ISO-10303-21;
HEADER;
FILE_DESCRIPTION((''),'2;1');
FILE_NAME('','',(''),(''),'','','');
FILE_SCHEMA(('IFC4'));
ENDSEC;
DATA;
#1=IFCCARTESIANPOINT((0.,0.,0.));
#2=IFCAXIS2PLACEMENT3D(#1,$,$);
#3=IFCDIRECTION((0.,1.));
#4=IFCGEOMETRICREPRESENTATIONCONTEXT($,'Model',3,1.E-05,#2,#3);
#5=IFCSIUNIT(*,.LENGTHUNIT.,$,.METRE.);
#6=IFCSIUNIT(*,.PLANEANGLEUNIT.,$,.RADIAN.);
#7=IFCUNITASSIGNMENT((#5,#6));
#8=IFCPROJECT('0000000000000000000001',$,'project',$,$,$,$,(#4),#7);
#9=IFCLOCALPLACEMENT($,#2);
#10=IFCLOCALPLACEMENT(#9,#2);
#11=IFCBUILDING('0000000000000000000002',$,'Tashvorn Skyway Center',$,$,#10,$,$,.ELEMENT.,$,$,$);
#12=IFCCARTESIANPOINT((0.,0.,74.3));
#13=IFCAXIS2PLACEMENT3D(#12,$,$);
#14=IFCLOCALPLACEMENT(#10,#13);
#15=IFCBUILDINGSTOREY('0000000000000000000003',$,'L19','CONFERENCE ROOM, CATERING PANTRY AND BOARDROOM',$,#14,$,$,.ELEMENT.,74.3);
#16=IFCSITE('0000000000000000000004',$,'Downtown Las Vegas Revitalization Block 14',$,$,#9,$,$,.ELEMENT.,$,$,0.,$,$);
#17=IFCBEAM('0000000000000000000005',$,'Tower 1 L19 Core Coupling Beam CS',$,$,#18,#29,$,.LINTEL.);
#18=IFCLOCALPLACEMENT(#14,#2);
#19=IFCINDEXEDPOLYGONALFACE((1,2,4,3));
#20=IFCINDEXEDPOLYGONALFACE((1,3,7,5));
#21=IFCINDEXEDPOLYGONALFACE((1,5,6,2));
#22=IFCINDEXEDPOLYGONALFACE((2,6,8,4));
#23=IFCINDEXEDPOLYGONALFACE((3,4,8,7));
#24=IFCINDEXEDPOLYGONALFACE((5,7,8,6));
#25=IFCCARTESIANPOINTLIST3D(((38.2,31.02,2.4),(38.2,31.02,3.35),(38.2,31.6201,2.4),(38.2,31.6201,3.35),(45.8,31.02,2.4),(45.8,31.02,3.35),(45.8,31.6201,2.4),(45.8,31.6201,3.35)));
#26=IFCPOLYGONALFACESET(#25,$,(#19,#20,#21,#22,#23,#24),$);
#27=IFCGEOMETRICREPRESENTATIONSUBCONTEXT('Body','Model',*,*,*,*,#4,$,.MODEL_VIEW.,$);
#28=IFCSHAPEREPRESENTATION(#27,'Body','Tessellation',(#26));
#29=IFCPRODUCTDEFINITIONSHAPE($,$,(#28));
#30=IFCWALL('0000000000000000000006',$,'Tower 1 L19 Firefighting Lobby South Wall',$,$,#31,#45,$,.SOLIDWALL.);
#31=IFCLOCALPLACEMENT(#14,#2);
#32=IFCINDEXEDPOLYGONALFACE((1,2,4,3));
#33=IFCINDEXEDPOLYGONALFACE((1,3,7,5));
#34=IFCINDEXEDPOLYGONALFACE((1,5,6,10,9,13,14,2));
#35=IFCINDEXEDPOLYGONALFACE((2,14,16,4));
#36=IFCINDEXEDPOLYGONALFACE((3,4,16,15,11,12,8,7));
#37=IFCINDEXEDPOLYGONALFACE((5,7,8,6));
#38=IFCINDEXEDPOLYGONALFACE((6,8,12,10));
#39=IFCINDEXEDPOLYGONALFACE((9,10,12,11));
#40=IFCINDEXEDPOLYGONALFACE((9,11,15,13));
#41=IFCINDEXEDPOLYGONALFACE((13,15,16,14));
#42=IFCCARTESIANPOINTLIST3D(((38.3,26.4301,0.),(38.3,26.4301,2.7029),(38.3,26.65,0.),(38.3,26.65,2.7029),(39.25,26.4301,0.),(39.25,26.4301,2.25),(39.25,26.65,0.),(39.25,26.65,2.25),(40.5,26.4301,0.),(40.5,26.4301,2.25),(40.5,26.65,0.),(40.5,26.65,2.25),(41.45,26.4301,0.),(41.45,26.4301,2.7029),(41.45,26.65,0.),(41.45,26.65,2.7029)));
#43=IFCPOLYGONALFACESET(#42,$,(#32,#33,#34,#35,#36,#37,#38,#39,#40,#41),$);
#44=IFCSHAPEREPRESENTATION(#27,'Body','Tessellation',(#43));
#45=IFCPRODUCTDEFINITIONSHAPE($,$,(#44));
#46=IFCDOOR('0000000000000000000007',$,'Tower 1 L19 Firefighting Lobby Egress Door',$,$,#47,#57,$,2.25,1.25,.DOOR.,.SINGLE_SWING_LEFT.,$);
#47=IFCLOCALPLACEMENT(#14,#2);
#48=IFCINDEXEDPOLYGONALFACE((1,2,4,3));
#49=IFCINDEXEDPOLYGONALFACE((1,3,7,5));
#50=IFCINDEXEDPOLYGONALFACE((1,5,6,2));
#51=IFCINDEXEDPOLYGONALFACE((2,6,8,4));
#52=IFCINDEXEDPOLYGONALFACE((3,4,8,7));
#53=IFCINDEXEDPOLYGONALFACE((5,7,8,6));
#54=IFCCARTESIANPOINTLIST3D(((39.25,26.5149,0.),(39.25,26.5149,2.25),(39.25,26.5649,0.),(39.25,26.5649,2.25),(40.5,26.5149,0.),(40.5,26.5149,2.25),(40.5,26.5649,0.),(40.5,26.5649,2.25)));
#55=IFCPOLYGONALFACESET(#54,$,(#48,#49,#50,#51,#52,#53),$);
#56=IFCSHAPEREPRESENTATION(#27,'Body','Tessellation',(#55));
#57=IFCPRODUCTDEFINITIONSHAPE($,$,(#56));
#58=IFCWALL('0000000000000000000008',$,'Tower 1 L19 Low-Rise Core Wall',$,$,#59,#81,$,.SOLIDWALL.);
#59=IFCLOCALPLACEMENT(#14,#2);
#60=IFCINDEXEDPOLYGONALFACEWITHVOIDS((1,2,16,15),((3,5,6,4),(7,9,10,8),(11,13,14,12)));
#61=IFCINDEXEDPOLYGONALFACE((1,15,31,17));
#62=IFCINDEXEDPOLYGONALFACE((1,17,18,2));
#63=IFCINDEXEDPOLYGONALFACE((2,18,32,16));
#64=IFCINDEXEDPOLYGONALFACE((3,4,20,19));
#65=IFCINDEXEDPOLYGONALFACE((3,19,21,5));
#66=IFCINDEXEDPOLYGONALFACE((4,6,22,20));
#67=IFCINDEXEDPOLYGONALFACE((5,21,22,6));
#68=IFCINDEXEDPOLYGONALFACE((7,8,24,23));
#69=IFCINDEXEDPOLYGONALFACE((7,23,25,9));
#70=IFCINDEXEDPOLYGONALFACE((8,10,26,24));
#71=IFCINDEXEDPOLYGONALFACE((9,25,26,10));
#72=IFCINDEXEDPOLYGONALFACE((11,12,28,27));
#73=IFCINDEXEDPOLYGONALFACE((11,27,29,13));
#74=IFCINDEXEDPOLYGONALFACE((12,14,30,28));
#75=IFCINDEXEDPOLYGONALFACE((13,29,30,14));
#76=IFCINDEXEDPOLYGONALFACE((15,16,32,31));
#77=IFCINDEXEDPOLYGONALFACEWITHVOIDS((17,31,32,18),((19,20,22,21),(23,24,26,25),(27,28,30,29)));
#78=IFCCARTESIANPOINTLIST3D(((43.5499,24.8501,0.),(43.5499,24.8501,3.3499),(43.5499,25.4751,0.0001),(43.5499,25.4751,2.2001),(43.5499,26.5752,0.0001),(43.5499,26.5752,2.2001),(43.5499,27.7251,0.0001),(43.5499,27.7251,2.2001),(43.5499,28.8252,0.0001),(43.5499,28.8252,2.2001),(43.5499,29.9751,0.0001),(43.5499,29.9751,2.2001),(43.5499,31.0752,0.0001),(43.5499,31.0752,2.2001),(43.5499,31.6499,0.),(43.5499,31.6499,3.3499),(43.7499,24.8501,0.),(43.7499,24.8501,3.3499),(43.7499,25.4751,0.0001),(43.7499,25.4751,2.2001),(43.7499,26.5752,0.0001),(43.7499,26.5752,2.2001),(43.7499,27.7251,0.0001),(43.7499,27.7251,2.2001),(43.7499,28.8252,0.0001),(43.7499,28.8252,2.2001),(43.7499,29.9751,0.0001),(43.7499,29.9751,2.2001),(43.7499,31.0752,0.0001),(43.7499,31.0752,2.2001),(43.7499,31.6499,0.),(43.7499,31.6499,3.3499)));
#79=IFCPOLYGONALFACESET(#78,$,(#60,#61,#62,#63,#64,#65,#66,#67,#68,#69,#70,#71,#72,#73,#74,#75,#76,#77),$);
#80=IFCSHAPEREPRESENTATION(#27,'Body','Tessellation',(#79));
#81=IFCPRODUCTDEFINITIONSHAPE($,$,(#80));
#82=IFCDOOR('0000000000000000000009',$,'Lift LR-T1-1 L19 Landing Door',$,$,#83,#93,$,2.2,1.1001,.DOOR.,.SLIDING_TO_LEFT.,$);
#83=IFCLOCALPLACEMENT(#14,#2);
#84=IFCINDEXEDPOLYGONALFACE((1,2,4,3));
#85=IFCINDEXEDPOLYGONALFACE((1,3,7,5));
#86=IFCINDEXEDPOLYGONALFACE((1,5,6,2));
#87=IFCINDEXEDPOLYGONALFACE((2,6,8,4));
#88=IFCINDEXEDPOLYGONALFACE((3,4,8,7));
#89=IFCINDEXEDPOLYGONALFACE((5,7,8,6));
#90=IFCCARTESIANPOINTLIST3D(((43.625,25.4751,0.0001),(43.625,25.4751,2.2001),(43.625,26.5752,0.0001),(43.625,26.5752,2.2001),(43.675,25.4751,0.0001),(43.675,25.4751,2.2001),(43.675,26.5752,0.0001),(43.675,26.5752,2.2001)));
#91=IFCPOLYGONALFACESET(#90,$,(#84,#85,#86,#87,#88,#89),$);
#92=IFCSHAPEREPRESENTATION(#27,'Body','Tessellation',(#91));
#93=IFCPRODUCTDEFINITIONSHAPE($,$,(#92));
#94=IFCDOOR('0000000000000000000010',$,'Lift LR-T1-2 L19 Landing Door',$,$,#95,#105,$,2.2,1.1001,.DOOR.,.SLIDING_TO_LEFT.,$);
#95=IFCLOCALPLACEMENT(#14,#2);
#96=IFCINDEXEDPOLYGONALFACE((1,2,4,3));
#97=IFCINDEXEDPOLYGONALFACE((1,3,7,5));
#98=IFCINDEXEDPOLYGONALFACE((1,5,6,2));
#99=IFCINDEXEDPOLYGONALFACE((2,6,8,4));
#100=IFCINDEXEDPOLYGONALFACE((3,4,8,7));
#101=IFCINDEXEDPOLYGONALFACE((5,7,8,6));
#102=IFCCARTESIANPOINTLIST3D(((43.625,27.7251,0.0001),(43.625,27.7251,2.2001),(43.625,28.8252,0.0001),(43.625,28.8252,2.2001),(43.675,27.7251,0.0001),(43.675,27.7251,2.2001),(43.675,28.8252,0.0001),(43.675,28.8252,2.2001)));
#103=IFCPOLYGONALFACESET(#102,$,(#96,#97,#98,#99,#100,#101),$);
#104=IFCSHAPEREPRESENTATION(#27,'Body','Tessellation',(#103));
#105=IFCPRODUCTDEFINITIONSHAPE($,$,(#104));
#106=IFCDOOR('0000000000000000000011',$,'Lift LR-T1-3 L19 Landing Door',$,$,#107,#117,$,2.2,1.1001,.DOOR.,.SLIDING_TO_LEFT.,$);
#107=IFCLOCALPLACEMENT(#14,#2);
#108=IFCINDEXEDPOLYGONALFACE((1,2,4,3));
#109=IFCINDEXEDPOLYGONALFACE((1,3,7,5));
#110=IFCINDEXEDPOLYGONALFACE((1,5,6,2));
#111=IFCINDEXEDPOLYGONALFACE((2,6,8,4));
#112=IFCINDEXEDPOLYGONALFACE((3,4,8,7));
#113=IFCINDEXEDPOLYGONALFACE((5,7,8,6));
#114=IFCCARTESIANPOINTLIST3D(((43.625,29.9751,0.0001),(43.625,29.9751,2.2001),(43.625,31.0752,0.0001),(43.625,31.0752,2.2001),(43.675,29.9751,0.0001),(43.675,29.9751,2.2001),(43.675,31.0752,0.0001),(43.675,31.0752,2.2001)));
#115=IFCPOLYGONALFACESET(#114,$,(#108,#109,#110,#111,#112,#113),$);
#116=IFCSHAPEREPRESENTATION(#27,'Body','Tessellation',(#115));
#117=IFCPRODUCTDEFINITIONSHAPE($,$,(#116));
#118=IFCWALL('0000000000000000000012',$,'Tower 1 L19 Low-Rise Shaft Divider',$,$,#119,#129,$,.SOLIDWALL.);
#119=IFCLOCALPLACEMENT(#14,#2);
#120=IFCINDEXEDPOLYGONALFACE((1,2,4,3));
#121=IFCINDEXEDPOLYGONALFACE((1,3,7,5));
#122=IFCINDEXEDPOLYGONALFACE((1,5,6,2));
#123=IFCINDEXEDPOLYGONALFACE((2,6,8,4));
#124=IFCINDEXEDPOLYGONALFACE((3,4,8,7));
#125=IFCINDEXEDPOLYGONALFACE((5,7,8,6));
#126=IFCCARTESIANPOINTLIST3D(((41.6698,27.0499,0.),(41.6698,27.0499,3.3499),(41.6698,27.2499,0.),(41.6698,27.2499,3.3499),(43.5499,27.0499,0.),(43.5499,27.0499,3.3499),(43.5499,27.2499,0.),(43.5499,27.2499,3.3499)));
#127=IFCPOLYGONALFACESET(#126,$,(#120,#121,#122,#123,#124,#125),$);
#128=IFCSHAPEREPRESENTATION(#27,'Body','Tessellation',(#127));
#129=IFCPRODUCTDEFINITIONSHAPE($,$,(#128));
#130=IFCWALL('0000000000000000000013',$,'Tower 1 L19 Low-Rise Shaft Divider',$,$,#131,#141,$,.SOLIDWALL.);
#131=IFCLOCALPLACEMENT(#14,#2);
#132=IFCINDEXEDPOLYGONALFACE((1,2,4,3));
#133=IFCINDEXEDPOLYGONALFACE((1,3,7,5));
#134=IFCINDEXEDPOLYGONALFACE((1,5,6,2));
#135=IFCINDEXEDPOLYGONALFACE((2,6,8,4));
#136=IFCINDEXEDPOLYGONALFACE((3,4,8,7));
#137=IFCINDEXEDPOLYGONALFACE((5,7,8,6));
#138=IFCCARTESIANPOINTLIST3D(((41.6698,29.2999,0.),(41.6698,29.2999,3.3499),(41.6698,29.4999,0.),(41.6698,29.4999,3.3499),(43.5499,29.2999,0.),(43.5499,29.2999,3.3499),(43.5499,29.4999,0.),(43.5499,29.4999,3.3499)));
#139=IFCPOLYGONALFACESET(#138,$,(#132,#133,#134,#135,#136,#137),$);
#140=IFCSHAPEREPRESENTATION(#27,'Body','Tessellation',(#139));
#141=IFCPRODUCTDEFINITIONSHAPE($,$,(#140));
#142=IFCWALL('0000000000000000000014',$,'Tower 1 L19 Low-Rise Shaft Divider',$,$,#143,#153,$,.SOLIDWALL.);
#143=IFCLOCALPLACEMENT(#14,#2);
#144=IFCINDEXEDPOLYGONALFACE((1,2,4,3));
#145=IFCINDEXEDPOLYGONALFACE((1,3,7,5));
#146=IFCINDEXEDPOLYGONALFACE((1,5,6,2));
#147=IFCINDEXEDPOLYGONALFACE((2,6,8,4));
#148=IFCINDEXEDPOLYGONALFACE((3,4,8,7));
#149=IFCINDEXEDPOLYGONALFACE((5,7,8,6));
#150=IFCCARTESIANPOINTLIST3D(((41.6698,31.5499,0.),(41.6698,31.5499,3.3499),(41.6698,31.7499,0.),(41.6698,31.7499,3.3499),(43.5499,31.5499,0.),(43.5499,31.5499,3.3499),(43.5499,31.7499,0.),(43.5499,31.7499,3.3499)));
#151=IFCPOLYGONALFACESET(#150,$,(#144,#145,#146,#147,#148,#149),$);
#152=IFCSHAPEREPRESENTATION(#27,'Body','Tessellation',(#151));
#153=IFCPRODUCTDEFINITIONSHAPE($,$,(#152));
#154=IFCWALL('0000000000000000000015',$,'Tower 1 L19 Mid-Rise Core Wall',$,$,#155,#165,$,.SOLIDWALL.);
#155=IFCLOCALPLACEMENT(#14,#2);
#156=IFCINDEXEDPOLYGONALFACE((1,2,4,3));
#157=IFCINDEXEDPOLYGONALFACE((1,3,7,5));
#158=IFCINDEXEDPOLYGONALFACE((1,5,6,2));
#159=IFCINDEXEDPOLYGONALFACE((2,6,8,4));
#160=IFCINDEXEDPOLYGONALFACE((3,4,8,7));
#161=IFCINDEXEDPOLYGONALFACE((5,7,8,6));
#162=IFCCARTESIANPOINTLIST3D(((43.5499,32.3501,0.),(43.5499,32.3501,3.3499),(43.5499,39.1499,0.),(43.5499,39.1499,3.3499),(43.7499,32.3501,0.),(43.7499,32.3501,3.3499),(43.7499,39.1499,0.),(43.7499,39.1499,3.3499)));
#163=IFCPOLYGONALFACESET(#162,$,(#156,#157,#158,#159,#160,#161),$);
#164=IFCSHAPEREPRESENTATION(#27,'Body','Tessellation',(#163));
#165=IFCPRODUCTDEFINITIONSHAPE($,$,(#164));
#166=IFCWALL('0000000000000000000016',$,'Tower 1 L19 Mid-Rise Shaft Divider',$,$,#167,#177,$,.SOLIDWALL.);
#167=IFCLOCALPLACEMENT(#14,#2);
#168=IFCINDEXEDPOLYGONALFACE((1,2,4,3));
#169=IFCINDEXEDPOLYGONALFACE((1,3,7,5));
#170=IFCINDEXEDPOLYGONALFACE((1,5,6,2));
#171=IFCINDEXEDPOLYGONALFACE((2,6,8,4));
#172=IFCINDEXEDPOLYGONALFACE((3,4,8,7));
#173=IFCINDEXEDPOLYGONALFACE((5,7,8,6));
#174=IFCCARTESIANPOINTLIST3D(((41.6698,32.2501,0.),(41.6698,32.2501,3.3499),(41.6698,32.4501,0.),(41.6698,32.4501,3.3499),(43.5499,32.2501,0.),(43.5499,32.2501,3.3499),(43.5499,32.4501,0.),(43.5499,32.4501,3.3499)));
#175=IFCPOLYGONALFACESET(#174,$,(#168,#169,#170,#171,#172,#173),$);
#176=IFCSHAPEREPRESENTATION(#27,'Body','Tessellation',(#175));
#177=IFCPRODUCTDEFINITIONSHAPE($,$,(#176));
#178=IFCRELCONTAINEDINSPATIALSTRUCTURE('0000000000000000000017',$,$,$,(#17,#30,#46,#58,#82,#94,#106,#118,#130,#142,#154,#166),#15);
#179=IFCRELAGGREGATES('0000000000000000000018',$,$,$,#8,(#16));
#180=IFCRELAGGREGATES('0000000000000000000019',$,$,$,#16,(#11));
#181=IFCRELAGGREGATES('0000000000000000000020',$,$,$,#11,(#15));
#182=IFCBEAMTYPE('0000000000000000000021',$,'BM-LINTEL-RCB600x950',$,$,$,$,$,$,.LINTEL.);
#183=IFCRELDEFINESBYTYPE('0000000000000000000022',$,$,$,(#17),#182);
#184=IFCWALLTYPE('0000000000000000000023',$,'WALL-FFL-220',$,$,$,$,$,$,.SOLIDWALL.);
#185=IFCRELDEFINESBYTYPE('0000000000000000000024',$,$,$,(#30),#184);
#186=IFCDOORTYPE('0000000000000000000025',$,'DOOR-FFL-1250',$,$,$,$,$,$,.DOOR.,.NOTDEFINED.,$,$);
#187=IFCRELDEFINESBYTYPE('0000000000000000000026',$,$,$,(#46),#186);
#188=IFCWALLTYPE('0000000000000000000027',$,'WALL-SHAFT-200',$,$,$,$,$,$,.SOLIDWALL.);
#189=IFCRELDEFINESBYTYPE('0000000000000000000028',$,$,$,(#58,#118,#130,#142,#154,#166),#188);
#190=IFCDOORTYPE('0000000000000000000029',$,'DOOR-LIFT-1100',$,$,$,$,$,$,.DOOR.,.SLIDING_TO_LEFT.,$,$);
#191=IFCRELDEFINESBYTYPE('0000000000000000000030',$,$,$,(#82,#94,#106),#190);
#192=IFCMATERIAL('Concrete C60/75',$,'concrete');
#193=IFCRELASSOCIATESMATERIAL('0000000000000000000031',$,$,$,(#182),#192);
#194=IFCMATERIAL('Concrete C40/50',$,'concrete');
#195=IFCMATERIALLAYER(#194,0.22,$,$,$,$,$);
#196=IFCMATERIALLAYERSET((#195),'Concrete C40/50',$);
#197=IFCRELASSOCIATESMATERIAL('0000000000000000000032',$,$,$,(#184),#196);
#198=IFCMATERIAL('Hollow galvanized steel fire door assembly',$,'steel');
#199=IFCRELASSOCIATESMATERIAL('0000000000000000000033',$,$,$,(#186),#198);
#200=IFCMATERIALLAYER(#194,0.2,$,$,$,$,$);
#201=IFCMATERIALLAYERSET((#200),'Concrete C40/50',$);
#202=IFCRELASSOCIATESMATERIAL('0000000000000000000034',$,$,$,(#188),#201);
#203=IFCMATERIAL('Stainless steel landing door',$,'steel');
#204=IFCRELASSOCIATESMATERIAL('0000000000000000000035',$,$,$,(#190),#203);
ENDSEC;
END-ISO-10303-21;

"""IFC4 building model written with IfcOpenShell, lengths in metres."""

from ifc_helpers import new_model, si_unit, direction, frame, frame_2d, origin, origin_2d, place, context, subcontext, project, spatial, rectangle, extrude, material, layer, layer_set, material_profile, profile_set, type_object, element, fill, save


model = new_model("IFC4")

# Units and contexts
model_context = context("Model", 3, precision=1e-05, world=origin(), true_north=direction((0.0, 1.0)))
body_context = subcontext(model_context, "Body", "Model", "MODEL_VIEW")
ifc_project = project(units=[si_unit("LENGTHUNIT", "METRE"), si_unit("PLANEANGLEUNIT", "RADIAN")], contexts=[model_context])

# Site, building, storey
site_placement = place(None, origin())
site = spatial("IfcSite", under=ifc_project, at=site_placement, Name="Downtown Las Vegas Revitalization Block 14", CompositionType="ELEMENT", RefElevation=0.0)
building_placement = place(site_placement, origin())
building = spatial("IfcBuilding", under=site, at=building_placement, Name="Tashvorn Skyway Center", CompositionType="ELEMENT")
storey_placement = place(building_placement, frame((0.0, 0.0, 74.3)))
storey = spatial("IfcBuildingStorey", under=building, at=storey_placement, Name="L19", Description="CONFERENCE ROOM, CATERING PANTRY AND BOARDROOM", CompositionType="ELEMENT", Elevation=74.3)

# Beam
ifc_material_1 = material(Name="Concrete C60/75", Category="concrete")
ifc_material_profile = material_profile(ifc_material_1, rectangle(XDim=0.6001, YDim=0.95, at=origin_2d()), Name="RCB600x950")
ifc_profile_set = profile_set([ifc_material_profile], Name="Concrete C60/75")
beam_type = type_object("IfcBeamType", Name="BM-LINTEL-RCB600x950", PredefinedType="LINTEL", material=ifc_profile_set)
beam_placement = place(storey_placement, frame((38.2, 31.3201, 2.875), z_axis=(1.0, 0.0, 0.0), x_axis=(0.0, 1.0, 0.0)))
element("IfcBeam", 1, at=beam_placement, inside=storey, type_object=beam_type, Name="Tower 1 L19 Core Coupling Beam CS", PredefinedType="LINTEL", context=body_context, shape_type="SweptSolid", body=[
    extrude(rectangle(XDim=0.6001, YDim=0.95, at=origin_2d()), origin(), (0.0, 0.0, 1.0), 7.6001),
])

# Wall, opening, door
ifc_material_2 = material(Name="Concrete C40/50", Category="concrete")
ifc_layer_1 = layer(ifc_material_2, 0.22)
ifc_layer_set_1 = layer_set([ifc_layer_1], Name="Concrete C40/50")
wall_type_1 = type_object("IfcWallType", Name="WALL-FFL-220", PredefinedType="SOLIDWALL", material=ifc_layer_set_1)
wall_1_placement = place(storey_placement, frame((38.3, 26.54, 0.0), z_axis=(0.0, 0.0, 1.0), x_axis=(1.0, 0.0, 0.0)))
wall_1 = element("IfcWall", 2, at=wall_1_placement, inside=storey, type_object=wall_type_1, Name="Tower 1 L19 Firefighting Lobby South Wall", PredefinedType="SOLIDWALL", context=body_context, shape_type="SweptSolid", body=[
    extrude(rectangle(XDim=3.1499, YDim=0.22, at=frame_2d((1.575, 0.0))), origin(), (0.0, 0.0, 1.0), 2.7029),
])
opening_1_placement = place(wall_1_placement, frame((0.95, 0.0, 0.0)))
opening_1 = element("IfcOpeningElement", 3, at=opening_1_placement, cuts=wall_1, PredefinedType="OPENING", context=body_context, shape_type="SweptSolid", body=[
    extrude(rectangle(XDim=1.25, YDim=2.25, at=frame_2d((0.625, 1.125))), frame((0.0, 0.1199, 0.0), z_axis=(0.0, -1.0, 0.0), x_axis=(1.0, 0.0, 0.0)), (0.0, 0.0, 1.0), 0.24),
])
ifc_material_3 = material(Name="Hollow galvanized steel fire door assembly", Category="steel")
door_type_1 = type_object("IfcDoorType", Name="DOOR-FFL-1250", OperationType="NOTDEFINED", PredefinedType="DOOR", material=ifc_material_3)
door_1_placement = place(opening_1_placement, origin())
door_1 = element("IfcDoor", 4, at=door_1_placement, inside=storey, type_object=door_type_1, Name="Tower 1 L19 Firefighting Lobby Egress Door", OperationType="SINGLE_SWING_LEFT", OverallHeight=2.25, OverallWidth=1.25, PredefinedType="DOOR", context=body_context, shape_type="SweptSolid", body=[
    extrude(rectangle(XDim=1.25, YDim=2.25, at=frame_2d((0.625, 1.125))), frame((0.0, 0.0249, 0.0), z_axis=(0.0, -1.0, 0.0), x_axis=(1.0, 0.0, 0.0)), (0.0, 0.0, 1.0), 0.05),
])
fill(opening_1, door_1)

# Wall, openings, doors
ifc_layer_2 = layer(ifc_material_2, 0.2)
ifc_layer_set_2 = layer_set([ifc_layer_2], Name="Concrete C40/50")
wall_type_2 = type_object("IfcWallType", Name="WALL-SHAFT-200", PredefinedType="SOLIDWALL", material=ifc_layer_set_2)
wall_2_placement = place(storey_placement, frame((43.6499, 24.8501, 0.0), z_axis=(0.0, 0.0, 1.0), x_axis=(0.0, 1.0, 0.0)))
wall_2 = element("IfcWall", 5, at=wall_2_placement, inside=storey, type_object=wall_type_2, Name="Tower 1 L19 Low-Rise Core Wall", PredefinedType="SOLIDWALL", context=body_context, shape_type="SweptSolid", body=[
    extrude(rectangle(XDim=6.7998, YDim=0.2, at=frame_2d((3.3999, 0.0))), origin(), (0.0, 0.0, 1.0), 3.3499),
])
opening_2_placement = place(wall_2_placement, frame((0.625, 0.0, 0.0)))
opening_2 = element("IfcOpeningElement", 6, at=opening_2_placement, cuts=wall_2, PredefinedType="OPENING", context=body_context, shape_type="SweptSolid", body=[
    extrude(rectangle(XDim=1.1001, YDim=2.2, at=frame_2d((0.55, 1.1001))), frame((0.0, 0.1099, 0.0), z_axis=(0.0, -1.0, 0.0), x_axis=(1.0, 0.0, 0.0)), (0.0, 0.0, 1.0), 0.22),
])
opening_3_placement = place(wall_2_placement, frame((2.875, 0.0, 0.0)))
opening_3 = element("IfcOpeningElement", 7, at=opening_3_placement, cuts=wall_2, PredefinedType="OPENING", context=body_context, shape_type="SweptSolid", body=[
    extrude(rectangle(XDim=1.1001, YDim=2.2, at=frame_2d((0.55, 1.1001))), frame((0.0, 0.1099, 0.0), z_axis=(0.0, -1.0, 0.0), x_axis=(1.0, 0.0, 0.0)), (0.0, 0.0, 1.0), 0.22),
])
opening_4_placement = place(wall_2_placement, frame((5.125, 0.0, 0.0)))
opening_4 = element("IfcOpeningElement", 8, at=opening_4_placement, cuts=wall_2, PredefinedType="OPENING", context=body_context, shape_type="SweptSolid", body=[
    extrude(rectangle(XDim=1.1001, YDim=2.2, at=frame_2d((0.55, 1.1001))), frame((0.0, 0.1099, 0.0), z_axis=(0.0, -1.0, 0.0), x_axis=(1.0, 0.0, 0.0)), (0.0, 0.0, 1.0), 0.22),
])
ifc_material_4 = material(Name="Stainless steel landing door", Category="steel")
door_type_2 = type_object("IfcDoorType", Name="DOOR-LIFT-1100", OperationType="SLIDING_TO_LEFT", PredefinedType="DOOR", material=ifc_material_4)
door_2_placement = place(opening_2_placement, origin())
door_2 = element("IfcDoor", 9, at=door_2_placement, inside=storey, type_object=door_type_2, Name="Lift LR-T1-1 L19 Landing Door", OperationType="SLIDING_TO_LEFT", OverallHeight=2.2, OverallWidth=1.1001, PredefinedType="DOOR", context=body_context, shape_type="SweptSolid", body=[
    extrude(rectangle(XDim=1.1001, YDim=2.2, at=frame_2d((0.55, 1.1001))), frame((0.0, 0.0249, 0.0), z_axis=(0.0, -1.0, 0.0), x_axis=(1.0, 0.0, 0.0)), (0.0, 0.0, 1.0), 0.05),
])
fill(opening_2, door_2)
door_3_placement = place(opening_3_placement, origin())
door_3 = element("IfcDoor", 10, at=door_3_placement, inside=storey, type_object=door_type_2, Name="Lift LR-T1-2 L19 Landing Door", OperationType="SLIDING_TO_LEFT", OverallHeight=2.2, OverallWidth=1.1001, PredefinedType="DOOR", context=body_context, shape_type="SweptSolid", body=[
    extrude(rectangle(XDim=1.1001, YDim=2.2, at=frame_2d((0.55, 1.1001))), frame((0.0, 0.0249, 0.0), z_axis=(0.0, -1.0, 0.0), x_axis=(1.0, 0.0, 0.0)), (0.0, 0.0, 1.0), 0.05),
])
fill(opening_3, door_3)
door_4_placement = place(opening_4_placement, origin())
door_4 = element("IfcDoor", 11, at=door_4_placement, inside=storey, type_object=door_type_2, Name="Lift LR-T1-3 L19 Landing Door", OperationType="SLIDING_TO_LEFT", OverallHeight=2.2, OverallWidth=1.1001, PredefinedType="DOOR", context=body_context, shape_type="SweptSolid", body=[
    extrude(rectangle(XDim=1.1001, YDim=2.2, at=frame_2d((0.55, 1.1001))), frame((0.0, 0.0249, 0.0), z_axis=(0.0, -1.0, 0.0), x_axis=(1.0, 0.0, 0.0)), (0.0, 0.0, 1.0), 0.05),
])
fill(opening_4, door_4)

# Walls
for number, where, z_axis, x_axis, name in (
    (12, (41.6699, 27.1499, 0.0), (0.0, 0.0, 1.0), (1.0, 0.0, 0.0), "Tower 1 L19 Low-Rise Shaft Divider"),
    (13, (41.6699, 29.3999, 0.0), (0.0, 0.0, 1.0), (1.0, 0.0, 0.0), "Tower 1 L19 Low-Rise Shaft Divider"),
    (14, (41.6699, 31.6499, 0.0), (0.0, 0.0, 1.0), (1.0, 0.0, 0.0), "Tower 1 L19 Low-Rise Shaft Divider"),
):
    element("IfcWall", number, at=place(storey_placement, frame(where, z_axis=z_axis, x_axis=x_axis)), inside=storey, type_object=wall_type_2, Name=name, PredefinedType="SOLIDWALL", context=body_context, shape_type="SweptSolid", body=[
        extrude(rectangle(XDim=1.8801, YDim=0.2, at=frame_2d((0.9399, 0.0))), origin(), (0.0, 0.0, 1.0), 3.3499),
    ])
wall_3_placement = place(storey_placement, frame((43.6499, 32.3501, 0.0), z_axis=(0.0, 0.0, 1.0), x_axis=(0.0, 1.0, 0.0)))
element("IfcWall", 15, at=wall_3_placement, inside=storey, type_object=wall_type_2, Name="Tower 1 L19 Mid-Rise Core Wall", PredefinedType="SOLIDWALL", context=body_context, shape_type="SweptSolid", body=[
    extrude(rectangle(XDim=6.7998, YDim=0.2, at=frame_2d((3.3999, 0.0))), origin(), (0.0, 0.0, 1.0), 3.3499),
])
wall_4_placement = place(storey_placement, frame((41.6699, 32.3501, 0.0), z_axis=(0.0, 0.0, 1.0), x_axis=(1.0, 0.0, 0.0)))
element("IfcWall", 16, at=wall_4_placement, inside=storey, type_object=wall_type_2, Name="Tower 1 L19 Mid-Rise Shaft Divider", PredefinedType="SOLIDWALL", context=body_context, shape_type="SweptSolid", body=[
    extrude(rectangle(XDim=1.8801, YDim=0.2, at=frame_2d((0.9399, 0.0))), origin(), (0.0, 0.0, 1.0), 3.3499),
])

save(model, "model.ifc")
